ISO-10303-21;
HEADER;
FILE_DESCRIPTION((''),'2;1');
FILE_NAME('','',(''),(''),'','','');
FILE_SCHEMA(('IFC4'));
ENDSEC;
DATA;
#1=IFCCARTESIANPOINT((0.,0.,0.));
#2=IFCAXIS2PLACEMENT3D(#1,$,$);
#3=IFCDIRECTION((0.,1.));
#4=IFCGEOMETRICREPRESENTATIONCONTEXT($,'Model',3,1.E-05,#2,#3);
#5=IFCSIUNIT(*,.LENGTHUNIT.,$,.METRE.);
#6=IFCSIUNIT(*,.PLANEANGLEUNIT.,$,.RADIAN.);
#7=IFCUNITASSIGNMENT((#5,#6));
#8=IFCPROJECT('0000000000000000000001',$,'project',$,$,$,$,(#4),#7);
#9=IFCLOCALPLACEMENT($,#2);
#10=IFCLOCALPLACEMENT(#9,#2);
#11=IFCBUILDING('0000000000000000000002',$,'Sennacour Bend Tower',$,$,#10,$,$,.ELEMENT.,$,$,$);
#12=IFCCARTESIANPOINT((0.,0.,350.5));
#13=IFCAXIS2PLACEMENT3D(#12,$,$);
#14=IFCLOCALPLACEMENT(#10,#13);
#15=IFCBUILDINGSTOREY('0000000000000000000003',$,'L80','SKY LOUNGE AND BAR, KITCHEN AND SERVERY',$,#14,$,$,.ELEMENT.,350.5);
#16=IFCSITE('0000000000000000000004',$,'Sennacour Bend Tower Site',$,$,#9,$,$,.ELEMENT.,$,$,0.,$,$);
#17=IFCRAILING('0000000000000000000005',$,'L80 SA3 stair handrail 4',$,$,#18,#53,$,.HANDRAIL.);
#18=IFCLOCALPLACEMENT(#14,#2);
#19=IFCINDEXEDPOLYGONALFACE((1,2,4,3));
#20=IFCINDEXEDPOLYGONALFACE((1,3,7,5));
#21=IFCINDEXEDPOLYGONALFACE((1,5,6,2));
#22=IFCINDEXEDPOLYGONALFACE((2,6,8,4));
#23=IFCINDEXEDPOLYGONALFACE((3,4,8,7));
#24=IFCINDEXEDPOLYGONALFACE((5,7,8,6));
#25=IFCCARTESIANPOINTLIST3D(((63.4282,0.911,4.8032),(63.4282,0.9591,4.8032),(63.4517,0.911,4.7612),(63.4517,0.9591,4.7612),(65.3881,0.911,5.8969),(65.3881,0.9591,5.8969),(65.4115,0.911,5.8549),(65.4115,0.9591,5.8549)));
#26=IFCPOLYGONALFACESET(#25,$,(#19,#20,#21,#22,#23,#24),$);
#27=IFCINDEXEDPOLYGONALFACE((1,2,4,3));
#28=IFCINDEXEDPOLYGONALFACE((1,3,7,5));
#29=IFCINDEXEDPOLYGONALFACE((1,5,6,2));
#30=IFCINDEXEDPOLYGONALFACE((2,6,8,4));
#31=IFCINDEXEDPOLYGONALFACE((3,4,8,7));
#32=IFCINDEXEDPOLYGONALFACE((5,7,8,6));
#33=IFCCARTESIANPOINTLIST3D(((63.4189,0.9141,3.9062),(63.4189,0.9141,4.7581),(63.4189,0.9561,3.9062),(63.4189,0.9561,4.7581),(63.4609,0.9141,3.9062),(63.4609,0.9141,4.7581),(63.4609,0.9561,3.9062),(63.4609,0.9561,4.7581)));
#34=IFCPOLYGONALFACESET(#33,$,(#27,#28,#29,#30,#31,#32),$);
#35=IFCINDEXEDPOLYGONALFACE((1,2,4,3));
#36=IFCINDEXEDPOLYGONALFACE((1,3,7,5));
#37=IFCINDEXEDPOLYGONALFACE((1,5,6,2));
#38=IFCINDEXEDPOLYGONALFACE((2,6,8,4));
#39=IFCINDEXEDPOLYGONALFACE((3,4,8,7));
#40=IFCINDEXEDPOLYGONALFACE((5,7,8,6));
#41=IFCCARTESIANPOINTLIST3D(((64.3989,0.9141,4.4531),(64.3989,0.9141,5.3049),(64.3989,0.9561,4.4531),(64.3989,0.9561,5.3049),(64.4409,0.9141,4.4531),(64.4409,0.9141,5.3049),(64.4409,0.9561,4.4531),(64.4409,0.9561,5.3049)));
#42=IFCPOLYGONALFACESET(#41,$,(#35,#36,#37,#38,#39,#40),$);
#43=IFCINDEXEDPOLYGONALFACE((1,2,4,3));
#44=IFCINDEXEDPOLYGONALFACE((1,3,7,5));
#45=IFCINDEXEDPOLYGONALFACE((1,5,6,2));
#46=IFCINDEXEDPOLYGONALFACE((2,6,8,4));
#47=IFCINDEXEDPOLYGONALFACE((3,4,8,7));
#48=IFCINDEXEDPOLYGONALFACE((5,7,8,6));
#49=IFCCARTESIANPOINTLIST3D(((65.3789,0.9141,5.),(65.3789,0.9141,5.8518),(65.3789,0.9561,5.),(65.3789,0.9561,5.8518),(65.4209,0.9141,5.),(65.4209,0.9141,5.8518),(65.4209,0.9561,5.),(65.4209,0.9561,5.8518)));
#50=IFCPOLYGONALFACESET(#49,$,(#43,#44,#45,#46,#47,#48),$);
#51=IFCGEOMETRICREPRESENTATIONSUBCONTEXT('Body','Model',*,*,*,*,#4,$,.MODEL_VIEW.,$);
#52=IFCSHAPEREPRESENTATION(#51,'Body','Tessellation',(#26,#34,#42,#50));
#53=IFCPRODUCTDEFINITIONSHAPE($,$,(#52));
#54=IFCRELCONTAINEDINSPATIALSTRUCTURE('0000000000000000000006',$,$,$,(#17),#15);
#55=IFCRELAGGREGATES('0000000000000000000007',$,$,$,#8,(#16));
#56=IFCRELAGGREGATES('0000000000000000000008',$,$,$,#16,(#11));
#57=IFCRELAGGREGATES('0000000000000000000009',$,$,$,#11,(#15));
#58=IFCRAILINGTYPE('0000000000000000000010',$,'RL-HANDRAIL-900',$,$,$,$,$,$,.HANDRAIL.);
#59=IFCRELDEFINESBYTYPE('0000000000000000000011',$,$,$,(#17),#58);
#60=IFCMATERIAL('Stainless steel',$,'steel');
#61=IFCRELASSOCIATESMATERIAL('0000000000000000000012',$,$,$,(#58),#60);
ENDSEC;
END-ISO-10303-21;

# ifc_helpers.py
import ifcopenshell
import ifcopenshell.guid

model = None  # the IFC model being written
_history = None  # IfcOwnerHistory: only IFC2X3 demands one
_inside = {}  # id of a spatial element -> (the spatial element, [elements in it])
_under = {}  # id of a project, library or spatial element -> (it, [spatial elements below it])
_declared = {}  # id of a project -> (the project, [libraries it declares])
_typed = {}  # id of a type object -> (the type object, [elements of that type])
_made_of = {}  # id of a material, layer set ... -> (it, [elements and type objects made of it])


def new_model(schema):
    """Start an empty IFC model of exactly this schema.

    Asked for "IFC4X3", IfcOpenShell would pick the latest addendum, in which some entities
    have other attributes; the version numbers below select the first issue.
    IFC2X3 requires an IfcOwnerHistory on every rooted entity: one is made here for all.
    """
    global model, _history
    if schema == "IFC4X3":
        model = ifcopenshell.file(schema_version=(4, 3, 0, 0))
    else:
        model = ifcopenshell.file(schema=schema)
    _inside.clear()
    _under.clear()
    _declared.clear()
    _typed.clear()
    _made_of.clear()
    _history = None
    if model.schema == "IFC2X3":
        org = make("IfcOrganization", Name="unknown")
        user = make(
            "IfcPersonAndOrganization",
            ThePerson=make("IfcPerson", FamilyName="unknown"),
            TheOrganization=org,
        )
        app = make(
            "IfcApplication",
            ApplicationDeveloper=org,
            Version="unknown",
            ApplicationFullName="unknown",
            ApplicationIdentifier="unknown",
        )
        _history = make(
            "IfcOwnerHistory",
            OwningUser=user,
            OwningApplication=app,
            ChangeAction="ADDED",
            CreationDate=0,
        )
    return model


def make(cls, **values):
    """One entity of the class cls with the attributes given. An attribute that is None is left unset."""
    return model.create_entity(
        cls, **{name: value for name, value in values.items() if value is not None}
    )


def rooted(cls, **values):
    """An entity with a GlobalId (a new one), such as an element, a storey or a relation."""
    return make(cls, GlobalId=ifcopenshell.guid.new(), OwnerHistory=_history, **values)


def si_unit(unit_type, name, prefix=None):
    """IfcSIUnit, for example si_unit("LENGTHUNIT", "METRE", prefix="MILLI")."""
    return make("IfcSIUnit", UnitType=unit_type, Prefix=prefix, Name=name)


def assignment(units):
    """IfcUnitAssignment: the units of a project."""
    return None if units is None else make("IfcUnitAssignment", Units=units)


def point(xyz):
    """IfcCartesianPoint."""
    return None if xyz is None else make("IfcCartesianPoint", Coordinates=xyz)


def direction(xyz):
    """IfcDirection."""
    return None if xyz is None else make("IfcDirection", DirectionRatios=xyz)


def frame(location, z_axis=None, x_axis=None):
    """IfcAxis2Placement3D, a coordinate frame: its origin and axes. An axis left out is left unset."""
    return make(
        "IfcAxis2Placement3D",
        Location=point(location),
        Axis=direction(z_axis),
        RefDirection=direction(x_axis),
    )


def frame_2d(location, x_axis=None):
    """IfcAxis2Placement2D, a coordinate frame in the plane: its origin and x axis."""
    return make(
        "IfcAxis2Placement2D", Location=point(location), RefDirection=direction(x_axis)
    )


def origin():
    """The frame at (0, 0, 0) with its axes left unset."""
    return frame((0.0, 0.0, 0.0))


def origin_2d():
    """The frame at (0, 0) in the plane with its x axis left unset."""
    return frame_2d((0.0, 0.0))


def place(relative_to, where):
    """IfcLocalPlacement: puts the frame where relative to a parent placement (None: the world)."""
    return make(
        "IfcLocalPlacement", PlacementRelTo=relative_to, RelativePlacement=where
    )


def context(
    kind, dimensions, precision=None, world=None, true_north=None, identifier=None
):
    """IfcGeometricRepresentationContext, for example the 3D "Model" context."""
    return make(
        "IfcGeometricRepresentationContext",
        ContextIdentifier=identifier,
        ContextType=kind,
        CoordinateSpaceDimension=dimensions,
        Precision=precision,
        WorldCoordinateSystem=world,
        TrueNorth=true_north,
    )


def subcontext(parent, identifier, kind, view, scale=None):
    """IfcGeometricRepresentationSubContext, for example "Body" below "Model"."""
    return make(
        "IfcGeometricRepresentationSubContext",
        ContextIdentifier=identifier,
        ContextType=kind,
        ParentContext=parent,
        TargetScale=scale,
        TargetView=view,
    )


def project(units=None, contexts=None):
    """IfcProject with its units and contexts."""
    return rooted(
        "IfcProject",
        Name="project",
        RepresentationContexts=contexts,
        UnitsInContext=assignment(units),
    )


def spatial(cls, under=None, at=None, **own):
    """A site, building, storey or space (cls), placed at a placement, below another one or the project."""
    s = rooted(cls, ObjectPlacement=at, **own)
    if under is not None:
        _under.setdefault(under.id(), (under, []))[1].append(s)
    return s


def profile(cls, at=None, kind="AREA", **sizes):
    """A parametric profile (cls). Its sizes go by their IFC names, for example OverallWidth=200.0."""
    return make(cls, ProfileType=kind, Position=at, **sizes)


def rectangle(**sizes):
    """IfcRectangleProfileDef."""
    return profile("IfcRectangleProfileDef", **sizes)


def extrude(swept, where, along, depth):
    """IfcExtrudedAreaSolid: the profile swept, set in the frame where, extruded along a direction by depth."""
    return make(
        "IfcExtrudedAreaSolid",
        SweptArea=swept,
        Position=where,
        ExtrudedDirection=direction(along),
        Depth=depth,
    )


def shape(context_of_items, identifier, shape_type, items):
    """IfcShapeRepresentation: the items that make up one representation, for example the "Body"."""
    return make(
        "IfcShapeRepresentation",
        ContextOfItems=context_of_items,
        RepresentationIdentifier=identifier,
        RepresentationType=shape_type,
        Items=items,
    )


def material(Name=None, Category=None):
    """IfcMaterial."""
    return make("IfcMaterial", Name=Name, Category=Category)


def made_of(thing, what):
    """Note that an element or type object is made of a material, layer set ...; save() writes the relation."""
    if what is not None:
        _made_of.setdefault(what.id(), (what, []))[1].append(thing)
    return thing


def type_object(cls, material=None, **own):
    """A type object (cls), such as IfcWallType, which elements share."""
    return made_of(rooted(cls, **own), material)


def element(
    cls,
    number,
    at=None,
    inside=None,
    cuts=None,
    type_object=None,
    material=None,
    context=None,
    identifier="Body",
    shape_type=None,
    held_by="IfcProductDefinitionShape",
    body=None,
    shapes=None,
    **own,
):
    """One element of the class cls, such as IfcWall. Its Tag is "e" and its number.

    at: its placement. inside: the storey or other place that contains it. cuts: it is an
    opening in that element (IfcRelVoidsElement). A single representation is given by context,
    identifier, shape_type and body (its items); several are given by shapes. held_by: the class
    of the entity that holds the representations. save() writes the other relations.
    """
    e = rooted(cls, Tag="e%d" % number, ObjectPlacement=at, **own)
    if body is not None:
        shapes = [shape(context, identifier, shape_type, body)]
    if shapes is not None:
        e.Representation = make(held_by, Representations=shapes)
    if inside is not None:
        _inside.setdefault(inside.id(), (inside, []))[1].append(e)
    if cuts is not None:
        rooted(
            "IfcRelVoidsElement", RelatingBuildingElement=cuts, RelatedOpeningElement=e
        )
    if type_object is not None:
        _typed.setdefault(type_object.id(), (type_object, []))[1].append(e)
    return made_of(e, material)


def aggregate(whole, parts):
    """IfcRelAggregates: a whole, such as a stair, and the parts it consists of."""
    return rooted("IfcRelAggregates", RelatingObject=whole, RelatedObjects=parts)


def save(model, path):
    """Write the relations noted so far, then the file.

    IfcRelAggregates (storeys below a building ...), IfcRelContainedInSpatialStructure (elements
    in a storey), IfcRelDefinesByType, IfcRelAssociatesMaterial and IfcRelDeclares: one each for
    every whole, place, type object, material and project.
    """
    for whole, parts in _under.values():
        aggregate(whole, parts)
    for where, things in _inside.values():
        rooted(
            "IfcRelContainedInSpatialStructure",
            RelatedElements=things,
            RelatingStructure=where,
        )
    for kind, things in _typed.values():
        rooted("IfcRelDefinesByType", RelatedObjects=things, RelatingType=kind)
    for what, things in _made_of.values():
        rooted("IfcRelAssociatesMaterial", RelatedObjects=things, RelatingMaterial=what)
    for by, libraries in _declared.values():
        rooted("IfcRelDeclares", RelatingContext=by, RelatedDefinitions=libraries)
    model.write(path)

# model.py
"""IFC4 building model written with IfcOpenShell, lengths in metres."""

from ifc_helpers import new_model, si_unit, direction, frame, origin, origin_2d, place, context, subcontext, project, spatial, rectangle, extrude, material, type_object, element, save


model = new_model("IFC4")

# Units and contexts
model_context = context("Model", 3, precision=1e-05, world=origin(), true_north=direction((0.0, 1.0)))
body_context = subcontext(model_context, "Body", "Model", "MODEL_VIEW")
ifc_project = project(units=[si_unit("LENGTHUNIT", "METRE"), si_unit("PLANEANGLEUNIT", "RADIAN")], contexts=[model_context])

# Site, building, storey
site_placement = place(None, origin())
site = spatial("IfcSite", under=ifc_project, at=site_placement, Name="Sennacour Bend Tower Site", CompositionType="ELEMENT", RefElevation=0.0)
building_placement = place(site_placement, origin())
building = spatial("IfcBuilding", under=site, at=building_placement, Name="Sennacour Bend Tower", CompositionType="ELEMENT")
storey_placement = place(building_placement, frame((0.0, 0.0, 350.5)))
storey = spatial("IfcBuildingStorey", under=building, at=storey_placement, Name="L80", Description="SKY LOUNGE AND BAR, KITCHEN AND SERVERY", CompositionType="ELEMENT", Elevation=350.5)

# Railing
ifc_material_1 = material(Name="Stainless steel", Category="steel")
railing_type_1 = type_object("IfcRailingType", Name="RL-HANDRAIL-900", PredefinedType="HANDRAIL", material=ifc_material_1)
for number, where, name in (
    (1, (63.4399, 0.9351, 3.9062), "L80 SA3 stair handrail 4"),
):
    element("IfcRailing", number, at=place(storey_placement, frame(where)), inside=storey, type_object=railing_type_1, Name=name, PredefinedType="HANDRAIL", context=body_context, shape_type="SweptSolid", body=[
        extrude(rectangle(XDim=0.0481, YDim=0.0481, at=origin_2d()), frame((0.0, 0.0, 0.876), z_axis=(0.873232, 0.0, 0.487304), x_axis=(0.0, 1.0, 0.0)), (0.0, 0.0, 1.0), 2.2444),
        extrude(rectangle(XDim=0.042, YDim=0.042, at=origin_2d()), origin(), (0.0, 0.0, 1.0), 0.8518),
        extrude(rectangle(XDim=0.042, YDim=0.042, at=origin_2d()), frame((0.98, 0.0, 0.5469)), (0.0, 0.0, 1.0), 0.8518),
        extrude(rectangle(XDim=0.042, YDim=0.042, at=origin_2d()), frame((1.96, 0.0, 1.0938)), (0.0, 0.0, 1.0), 0.8518),
    ])

save(model, "model.ifc")
